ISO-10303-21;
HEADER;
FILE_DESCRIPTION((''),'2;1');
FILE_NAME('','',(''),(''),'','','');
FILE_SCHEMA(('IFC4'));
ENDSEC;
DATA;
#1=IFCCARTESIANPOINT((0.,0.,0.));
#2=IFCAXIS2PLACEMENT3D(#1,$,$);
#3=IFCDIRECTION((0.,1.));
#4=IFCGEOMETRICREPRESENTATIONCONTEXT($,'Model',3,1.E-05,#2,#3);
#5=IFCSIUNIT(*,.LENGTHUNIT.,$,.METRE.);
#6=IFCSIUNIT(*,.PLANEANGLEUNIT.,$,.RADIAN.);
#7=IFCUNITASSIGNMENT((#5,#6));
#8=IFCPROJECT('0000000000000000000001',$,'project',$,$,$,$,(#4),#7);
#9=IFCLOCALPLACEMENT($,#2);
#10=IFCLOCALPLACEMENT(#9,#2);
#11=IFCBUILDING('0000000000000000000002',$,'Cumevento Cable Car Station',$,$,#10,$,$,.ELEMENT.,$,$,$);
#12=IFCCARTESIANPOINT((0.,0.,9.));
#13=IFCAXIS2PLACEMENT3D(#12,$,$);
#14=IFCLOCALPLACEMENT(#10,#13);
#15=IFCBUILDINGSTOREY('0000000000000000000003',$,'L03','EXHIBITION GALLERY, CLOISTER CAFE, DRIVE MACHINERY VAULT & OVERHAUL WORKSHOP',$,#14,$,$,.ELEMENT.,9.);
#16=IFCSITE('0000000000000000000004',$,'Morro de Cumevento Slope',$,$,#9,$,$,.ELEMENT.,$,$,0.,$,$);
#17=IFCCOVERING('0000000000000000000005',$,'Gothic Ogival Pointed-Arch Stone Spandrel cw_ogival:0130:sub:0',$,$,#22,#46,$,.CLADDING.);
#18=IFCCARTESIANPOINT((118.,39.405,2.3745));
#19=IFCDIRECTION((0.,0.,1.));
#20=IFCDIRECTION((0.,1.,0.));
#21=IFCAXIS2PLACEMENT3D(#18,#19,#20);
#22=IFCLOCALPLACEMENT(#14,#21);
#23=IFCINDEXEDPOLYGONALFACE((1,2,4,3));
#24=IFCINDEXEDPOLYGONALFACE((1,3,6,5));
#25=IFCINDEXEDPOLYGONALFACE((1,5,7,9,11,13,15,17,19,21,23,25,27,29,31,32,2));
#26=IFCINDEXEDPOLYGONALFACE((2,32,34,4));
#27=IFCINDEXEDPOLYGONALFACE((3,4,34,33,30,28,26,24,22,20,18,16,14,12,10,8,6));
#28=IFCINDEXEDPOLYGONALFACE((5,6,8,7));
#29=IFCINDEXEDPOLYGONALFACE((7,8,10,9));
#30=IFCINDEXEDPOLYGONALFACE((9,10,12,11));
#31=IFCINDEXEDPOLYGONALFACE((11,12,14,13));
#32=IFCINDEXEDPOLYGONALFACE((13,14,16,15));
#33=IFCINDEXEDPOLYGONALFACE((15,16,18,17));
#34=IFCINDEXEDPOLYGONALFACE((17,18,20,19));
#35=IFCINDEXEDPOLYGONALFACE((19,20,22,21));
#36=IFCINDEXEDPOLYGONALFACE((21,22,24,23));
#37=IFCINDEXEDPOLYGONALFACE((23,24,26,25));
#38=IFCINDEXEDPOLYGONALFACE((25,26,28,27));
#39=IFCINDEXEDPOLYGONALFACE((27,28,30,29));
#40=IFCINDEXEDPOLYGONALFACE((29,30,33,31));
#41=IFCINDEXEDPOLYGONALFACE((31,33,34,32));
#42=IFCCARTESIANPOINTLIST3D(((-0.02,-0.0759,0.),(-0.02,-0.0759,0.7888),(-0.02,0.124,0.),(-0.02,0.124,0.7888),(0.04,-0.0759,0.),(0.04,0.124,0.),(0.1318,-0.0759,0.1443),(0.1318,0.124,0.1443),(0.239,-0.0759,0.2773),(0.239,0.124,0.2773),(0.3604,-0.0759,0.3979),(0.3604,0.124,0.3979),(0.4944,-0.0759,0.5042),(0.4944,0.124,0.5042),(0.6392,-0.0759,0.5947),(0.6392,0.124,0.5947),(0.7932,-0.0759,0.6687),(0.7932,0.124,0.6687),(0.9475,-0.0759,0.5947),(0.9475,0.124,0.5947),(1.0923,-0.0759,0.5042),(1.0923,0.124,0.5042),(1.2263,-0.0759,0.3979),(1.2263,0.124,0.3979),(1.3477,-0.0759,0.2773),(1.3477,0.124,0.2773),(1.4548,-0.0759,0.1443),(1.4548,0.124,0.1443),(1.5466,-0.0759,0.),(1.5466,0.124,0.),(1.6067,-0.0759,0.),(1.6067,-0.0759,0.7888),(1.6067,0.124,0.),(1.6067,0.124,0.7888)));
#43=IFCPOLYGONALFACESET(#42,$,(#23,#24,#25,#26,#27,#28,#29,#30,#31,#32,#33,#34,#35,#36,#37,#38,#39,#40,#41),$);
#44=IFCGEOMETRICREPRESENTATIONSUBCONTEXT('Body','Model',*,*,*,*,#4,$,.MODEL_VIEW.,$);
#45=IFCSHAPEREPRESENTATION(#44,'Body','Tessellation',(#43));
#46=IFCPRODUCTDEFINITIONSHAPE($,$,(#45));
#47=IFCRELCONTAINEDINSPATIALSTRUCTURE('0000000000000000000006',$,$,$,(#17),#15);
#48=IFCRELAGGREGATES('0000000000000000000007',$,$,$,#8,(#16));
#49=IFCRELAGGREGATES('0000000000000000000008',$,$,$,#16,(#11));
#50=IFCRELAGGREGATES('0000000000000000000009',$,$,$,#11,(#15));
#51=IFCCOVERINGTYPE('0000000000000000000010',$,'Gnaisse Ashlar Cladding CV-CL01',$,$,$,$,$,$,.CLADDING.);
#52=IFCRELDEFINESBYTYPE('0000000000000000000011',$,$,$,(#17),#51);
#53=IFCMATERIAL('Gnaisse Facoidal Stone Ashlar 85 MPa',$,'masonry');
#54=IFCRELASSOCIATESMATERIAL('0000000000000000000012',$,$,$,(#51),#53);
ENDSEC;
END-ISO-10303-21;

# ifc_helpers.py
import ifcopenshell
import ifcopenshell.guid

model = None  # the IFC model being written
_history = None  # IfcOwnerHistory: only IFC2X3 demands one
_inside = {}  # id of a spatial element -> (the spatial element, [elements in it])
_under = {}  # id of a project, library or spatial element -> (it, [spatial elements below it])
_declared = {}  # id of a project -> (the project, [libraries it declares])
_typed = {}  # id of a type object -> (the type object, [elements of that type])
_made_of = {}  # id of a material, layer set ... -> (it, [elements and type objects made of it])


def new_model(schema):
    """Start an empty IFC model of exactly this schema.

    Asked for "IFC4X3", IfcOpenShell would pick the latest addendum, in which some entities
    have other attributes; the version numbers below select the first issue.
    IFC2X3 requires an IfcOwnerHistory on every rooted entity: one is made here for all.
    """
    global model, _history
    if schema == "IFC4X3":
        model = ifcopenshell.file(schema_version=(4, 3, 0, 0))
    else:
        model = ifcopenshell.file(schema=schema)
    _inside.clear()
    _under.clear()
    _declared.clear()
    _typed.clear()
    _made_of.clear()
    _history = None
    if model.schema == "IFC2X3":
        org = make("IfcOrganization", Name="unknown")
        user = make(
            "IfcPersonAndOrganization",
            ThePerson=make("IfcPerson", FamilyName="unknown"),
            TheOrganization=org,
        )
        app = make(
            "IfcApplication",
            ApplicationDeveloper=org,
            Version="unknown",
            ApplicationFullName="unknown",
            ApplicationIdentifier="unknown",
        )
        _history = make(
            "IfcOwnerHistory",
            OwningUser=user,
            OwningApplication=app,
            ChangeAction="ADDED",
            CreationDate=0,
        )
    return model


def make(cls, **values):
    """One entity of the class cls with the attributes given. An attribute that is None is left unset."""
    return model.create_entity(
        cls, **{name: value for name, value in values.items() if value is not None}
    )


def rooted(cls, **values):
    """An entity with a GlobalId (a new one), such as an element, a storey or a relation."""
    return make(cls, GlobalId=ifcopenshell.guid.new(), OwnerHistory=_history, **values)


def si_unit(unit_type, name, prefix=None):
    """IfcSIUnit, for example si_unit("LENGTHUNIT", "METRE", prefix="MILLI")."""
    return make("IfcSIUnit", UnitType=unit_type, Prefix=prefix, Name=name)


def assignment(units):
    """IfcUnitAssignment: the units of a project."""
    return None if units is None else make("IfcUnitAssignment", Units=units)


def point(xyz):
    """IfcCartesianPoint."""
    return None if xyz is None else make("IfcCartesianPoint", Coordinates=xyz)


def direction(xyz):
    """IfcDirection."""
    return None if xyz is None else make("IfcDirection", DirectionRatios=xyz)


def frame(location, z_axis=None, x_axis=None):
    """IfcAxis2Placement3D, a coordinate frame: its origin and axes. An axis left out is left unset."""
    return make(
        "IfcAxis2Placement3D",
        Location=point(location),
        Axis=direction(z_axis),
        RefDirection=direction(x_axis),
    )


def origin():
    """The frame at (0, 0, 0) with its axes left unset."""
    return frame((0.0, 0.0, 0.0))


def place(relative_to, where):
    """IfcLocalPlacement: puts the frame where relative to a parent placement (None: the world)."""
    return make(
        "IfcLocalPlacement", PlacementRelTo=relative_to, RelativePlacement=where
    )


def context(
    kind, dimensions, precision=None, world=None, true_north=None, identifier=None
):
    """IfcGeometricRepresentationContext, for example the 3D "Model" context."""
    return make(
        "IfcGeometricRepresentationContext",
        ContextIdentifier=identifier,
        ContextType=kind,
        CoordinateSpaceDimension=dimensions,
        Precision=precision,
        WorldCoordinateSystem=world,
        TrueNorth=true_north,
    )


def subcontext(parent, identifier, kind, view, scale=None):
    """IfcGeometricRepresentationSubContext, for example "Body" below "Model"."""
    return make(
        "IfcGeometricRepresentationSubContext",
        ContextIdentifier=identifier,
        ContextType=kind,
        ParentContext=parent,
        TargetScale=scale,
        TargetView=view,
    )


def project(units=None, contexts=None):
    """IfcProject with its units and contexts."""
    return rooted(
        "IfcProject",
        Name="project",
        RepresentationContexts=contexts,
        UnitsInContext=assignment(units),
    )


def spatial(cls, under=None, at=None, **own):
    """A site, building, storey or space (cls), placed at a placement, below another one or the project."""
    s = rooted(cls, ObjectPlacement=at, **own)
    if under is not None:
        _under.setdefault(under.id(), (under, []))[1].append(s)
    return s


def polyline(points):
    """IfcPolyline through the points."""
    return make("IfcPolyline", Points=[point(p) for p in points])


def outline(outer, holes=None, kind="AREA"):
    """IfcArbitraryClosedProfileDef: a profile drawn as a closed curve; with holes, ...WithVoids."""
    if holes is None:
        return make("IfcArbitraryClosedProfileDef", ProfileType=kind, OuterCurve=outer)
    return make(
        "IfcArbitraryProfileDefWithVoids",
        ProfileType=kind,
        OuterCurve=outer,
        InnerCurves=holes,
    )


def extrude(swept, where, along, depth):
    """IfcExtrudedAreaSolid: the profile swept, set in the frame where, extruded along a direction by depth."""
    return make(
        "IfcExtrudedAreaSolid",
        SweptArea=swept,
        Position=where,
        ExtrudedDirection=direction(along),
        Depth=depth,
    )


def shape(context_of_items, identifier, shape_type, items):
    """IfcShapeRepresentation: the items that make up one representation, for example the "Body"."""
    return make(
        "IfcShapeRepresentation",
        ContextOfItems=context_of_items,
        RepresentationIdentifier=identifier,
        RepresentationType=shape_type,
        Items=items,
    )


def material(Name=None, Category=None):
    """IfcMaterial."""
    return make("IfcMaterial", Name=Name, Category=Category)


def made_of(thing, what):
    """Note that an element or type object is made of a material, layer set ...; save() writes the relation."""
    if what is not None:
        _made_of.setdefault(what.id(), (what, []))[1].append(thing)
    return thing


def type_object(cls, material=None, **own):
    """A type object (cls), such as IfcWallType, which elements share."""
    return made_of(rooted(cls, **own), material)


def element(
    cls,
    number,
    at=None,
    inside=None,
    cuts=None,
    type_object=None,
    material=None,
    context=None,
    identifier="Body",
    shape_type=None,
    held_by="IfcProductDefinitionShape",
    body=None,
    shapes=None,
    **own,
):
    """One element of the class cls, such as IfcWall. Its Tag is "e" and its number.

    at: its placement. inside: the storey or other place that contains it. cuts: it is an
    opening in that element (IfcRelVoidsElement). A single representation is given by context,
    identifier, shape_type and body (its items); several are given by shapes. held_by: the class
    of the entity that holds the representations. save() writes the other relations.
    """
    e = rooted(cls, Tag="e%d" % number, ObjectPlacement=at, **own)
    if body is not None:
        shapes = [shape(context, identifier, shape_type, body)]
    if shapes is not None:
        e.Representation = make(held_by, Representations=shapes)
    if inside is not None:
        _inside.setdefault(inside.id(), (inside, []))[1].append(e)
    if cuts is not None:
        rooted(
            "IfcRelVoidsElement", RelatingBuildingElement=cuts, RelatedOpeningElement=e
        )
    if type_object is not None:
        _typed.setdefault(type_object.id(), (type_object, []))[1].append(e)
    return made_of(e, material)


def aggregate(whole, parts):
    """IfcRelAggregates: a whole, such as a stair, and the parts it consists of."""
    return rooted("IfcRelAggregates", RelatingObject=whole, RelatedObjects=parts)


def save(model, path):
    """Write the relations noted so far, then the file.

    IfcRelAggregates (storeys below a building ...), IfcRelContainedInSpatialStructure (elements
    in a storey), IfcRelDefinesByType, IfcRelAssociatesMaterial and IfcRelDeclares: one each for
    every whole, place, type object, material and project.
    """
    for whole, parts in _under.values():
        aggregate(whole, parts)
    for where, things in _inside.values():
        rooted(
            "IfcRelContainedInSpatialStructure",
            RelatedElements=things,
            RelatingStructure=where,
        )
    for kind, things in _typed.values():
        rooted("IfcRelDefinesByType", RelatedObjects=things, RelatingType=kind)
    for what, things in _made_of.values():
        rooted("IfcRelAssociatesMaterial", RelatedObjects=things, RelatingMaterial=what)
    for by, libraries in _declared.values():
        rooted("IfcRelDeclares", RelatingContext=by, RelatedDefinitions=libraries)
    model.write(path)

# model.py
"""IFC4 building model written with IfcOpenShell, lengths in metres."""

from ifc_helpers import new_model, si_unit, direction, frame, origin, place, context, subcontext, project, spatial, polyline, outline, extrude, material, type_object, element, save


model = new_model("IFC4")

# Units and contexts
model_context = context("Model", 3, precision=1e-05, world=origin(), true_north=direction((0.0, 1.0)))
body_context = subcontext(model_context, "Body", "Model", "MODEL_VIEW")
ifc_project = project(units=[si_unit("LENGTHUNIT", "METRE"), si_unit("PLANEANGLEUNIT", "RADIAN")], contexts=[model_context])

# Site, building, storey
site_placement = place(None, origin())
site = spatial("IfcSite", under=ifc_project, at=site_placement, Name="Morro de Cumevento Slope", CompositionType="ELEMENT", RefElevation=0.0)
building_placement = place(site_placement, origin())
building = spatial("IfcBuilding", under=site, at=building_placement, Name="Cumevento Cable Car Station", CompositionType="ELEMENT")
storey_placement = place(building_placement, frame((0.0, 0.0, 9.0)))
storey = spatial("IfcBuildingStorey", under=building, at=storey_placement, Name="L03", Description="EXHIBITION GALLERY, CLOISTER CAFE, DRIVE MACHINERY VAULT & OVERHAUL WORKSHOP", CompositionType="ELEMENT", Elevation=9.0)

# Covering
ifc_material_1 = material(Name="Gnaisse Facoidal Stone Ashlar 85 MPa", Category="masonry")
covering_type = type_object("IfcCoveringType", Name="Gnaisse Ashlar Cladding CV-CL01", PredefinedType="CLADDING", material=ifc_material_1)
covering_1_placement = place(storey_placement, frame((118.0, 39.405, 2.3745), z_axis=(0.0, 0.0, 1.0), x_axis=(0.0, 1.0, 0.0)))
element("IfcCovering", 1, at=covering_1_placement, inside=storey, type_object=covering_type, Name="Gothic Ogival Pointed-Arch Stone Spandrel cw_ogival:0130:sub:0", PredefinedType="CLADDING", context=body_context, shape_type="SweptSolid", body=[
    extrude(outline(polyline([(-0.02, 0.0), (-0.02, 0.7888), (1.6067, 0.7888), (1.6067, 0.0), (1.5466, 0.0), (1.4548, 0.1443), (1.3477, 0.2773), (1.2263, 0.3979), (1.0923, 0.5042), (0.9475, 0.5947), (0.7932, 0.6687), (0.6392, 0.5947), (0.4944, 0.5042), (0.3604, 0.3979), (0.239, 0.2773), (0.1318, 0.1443), (0.04, 0.0), (-0.02, 0.0)])), frame((0.0, 0.124, 0.0), z_axis=(0.0, -1.0, 0.0), x_axis=(1.0, 0.0, 0.0)), (0.0, 0.0, 1.0), 0.2),
])

save(model, "model.ifc")
